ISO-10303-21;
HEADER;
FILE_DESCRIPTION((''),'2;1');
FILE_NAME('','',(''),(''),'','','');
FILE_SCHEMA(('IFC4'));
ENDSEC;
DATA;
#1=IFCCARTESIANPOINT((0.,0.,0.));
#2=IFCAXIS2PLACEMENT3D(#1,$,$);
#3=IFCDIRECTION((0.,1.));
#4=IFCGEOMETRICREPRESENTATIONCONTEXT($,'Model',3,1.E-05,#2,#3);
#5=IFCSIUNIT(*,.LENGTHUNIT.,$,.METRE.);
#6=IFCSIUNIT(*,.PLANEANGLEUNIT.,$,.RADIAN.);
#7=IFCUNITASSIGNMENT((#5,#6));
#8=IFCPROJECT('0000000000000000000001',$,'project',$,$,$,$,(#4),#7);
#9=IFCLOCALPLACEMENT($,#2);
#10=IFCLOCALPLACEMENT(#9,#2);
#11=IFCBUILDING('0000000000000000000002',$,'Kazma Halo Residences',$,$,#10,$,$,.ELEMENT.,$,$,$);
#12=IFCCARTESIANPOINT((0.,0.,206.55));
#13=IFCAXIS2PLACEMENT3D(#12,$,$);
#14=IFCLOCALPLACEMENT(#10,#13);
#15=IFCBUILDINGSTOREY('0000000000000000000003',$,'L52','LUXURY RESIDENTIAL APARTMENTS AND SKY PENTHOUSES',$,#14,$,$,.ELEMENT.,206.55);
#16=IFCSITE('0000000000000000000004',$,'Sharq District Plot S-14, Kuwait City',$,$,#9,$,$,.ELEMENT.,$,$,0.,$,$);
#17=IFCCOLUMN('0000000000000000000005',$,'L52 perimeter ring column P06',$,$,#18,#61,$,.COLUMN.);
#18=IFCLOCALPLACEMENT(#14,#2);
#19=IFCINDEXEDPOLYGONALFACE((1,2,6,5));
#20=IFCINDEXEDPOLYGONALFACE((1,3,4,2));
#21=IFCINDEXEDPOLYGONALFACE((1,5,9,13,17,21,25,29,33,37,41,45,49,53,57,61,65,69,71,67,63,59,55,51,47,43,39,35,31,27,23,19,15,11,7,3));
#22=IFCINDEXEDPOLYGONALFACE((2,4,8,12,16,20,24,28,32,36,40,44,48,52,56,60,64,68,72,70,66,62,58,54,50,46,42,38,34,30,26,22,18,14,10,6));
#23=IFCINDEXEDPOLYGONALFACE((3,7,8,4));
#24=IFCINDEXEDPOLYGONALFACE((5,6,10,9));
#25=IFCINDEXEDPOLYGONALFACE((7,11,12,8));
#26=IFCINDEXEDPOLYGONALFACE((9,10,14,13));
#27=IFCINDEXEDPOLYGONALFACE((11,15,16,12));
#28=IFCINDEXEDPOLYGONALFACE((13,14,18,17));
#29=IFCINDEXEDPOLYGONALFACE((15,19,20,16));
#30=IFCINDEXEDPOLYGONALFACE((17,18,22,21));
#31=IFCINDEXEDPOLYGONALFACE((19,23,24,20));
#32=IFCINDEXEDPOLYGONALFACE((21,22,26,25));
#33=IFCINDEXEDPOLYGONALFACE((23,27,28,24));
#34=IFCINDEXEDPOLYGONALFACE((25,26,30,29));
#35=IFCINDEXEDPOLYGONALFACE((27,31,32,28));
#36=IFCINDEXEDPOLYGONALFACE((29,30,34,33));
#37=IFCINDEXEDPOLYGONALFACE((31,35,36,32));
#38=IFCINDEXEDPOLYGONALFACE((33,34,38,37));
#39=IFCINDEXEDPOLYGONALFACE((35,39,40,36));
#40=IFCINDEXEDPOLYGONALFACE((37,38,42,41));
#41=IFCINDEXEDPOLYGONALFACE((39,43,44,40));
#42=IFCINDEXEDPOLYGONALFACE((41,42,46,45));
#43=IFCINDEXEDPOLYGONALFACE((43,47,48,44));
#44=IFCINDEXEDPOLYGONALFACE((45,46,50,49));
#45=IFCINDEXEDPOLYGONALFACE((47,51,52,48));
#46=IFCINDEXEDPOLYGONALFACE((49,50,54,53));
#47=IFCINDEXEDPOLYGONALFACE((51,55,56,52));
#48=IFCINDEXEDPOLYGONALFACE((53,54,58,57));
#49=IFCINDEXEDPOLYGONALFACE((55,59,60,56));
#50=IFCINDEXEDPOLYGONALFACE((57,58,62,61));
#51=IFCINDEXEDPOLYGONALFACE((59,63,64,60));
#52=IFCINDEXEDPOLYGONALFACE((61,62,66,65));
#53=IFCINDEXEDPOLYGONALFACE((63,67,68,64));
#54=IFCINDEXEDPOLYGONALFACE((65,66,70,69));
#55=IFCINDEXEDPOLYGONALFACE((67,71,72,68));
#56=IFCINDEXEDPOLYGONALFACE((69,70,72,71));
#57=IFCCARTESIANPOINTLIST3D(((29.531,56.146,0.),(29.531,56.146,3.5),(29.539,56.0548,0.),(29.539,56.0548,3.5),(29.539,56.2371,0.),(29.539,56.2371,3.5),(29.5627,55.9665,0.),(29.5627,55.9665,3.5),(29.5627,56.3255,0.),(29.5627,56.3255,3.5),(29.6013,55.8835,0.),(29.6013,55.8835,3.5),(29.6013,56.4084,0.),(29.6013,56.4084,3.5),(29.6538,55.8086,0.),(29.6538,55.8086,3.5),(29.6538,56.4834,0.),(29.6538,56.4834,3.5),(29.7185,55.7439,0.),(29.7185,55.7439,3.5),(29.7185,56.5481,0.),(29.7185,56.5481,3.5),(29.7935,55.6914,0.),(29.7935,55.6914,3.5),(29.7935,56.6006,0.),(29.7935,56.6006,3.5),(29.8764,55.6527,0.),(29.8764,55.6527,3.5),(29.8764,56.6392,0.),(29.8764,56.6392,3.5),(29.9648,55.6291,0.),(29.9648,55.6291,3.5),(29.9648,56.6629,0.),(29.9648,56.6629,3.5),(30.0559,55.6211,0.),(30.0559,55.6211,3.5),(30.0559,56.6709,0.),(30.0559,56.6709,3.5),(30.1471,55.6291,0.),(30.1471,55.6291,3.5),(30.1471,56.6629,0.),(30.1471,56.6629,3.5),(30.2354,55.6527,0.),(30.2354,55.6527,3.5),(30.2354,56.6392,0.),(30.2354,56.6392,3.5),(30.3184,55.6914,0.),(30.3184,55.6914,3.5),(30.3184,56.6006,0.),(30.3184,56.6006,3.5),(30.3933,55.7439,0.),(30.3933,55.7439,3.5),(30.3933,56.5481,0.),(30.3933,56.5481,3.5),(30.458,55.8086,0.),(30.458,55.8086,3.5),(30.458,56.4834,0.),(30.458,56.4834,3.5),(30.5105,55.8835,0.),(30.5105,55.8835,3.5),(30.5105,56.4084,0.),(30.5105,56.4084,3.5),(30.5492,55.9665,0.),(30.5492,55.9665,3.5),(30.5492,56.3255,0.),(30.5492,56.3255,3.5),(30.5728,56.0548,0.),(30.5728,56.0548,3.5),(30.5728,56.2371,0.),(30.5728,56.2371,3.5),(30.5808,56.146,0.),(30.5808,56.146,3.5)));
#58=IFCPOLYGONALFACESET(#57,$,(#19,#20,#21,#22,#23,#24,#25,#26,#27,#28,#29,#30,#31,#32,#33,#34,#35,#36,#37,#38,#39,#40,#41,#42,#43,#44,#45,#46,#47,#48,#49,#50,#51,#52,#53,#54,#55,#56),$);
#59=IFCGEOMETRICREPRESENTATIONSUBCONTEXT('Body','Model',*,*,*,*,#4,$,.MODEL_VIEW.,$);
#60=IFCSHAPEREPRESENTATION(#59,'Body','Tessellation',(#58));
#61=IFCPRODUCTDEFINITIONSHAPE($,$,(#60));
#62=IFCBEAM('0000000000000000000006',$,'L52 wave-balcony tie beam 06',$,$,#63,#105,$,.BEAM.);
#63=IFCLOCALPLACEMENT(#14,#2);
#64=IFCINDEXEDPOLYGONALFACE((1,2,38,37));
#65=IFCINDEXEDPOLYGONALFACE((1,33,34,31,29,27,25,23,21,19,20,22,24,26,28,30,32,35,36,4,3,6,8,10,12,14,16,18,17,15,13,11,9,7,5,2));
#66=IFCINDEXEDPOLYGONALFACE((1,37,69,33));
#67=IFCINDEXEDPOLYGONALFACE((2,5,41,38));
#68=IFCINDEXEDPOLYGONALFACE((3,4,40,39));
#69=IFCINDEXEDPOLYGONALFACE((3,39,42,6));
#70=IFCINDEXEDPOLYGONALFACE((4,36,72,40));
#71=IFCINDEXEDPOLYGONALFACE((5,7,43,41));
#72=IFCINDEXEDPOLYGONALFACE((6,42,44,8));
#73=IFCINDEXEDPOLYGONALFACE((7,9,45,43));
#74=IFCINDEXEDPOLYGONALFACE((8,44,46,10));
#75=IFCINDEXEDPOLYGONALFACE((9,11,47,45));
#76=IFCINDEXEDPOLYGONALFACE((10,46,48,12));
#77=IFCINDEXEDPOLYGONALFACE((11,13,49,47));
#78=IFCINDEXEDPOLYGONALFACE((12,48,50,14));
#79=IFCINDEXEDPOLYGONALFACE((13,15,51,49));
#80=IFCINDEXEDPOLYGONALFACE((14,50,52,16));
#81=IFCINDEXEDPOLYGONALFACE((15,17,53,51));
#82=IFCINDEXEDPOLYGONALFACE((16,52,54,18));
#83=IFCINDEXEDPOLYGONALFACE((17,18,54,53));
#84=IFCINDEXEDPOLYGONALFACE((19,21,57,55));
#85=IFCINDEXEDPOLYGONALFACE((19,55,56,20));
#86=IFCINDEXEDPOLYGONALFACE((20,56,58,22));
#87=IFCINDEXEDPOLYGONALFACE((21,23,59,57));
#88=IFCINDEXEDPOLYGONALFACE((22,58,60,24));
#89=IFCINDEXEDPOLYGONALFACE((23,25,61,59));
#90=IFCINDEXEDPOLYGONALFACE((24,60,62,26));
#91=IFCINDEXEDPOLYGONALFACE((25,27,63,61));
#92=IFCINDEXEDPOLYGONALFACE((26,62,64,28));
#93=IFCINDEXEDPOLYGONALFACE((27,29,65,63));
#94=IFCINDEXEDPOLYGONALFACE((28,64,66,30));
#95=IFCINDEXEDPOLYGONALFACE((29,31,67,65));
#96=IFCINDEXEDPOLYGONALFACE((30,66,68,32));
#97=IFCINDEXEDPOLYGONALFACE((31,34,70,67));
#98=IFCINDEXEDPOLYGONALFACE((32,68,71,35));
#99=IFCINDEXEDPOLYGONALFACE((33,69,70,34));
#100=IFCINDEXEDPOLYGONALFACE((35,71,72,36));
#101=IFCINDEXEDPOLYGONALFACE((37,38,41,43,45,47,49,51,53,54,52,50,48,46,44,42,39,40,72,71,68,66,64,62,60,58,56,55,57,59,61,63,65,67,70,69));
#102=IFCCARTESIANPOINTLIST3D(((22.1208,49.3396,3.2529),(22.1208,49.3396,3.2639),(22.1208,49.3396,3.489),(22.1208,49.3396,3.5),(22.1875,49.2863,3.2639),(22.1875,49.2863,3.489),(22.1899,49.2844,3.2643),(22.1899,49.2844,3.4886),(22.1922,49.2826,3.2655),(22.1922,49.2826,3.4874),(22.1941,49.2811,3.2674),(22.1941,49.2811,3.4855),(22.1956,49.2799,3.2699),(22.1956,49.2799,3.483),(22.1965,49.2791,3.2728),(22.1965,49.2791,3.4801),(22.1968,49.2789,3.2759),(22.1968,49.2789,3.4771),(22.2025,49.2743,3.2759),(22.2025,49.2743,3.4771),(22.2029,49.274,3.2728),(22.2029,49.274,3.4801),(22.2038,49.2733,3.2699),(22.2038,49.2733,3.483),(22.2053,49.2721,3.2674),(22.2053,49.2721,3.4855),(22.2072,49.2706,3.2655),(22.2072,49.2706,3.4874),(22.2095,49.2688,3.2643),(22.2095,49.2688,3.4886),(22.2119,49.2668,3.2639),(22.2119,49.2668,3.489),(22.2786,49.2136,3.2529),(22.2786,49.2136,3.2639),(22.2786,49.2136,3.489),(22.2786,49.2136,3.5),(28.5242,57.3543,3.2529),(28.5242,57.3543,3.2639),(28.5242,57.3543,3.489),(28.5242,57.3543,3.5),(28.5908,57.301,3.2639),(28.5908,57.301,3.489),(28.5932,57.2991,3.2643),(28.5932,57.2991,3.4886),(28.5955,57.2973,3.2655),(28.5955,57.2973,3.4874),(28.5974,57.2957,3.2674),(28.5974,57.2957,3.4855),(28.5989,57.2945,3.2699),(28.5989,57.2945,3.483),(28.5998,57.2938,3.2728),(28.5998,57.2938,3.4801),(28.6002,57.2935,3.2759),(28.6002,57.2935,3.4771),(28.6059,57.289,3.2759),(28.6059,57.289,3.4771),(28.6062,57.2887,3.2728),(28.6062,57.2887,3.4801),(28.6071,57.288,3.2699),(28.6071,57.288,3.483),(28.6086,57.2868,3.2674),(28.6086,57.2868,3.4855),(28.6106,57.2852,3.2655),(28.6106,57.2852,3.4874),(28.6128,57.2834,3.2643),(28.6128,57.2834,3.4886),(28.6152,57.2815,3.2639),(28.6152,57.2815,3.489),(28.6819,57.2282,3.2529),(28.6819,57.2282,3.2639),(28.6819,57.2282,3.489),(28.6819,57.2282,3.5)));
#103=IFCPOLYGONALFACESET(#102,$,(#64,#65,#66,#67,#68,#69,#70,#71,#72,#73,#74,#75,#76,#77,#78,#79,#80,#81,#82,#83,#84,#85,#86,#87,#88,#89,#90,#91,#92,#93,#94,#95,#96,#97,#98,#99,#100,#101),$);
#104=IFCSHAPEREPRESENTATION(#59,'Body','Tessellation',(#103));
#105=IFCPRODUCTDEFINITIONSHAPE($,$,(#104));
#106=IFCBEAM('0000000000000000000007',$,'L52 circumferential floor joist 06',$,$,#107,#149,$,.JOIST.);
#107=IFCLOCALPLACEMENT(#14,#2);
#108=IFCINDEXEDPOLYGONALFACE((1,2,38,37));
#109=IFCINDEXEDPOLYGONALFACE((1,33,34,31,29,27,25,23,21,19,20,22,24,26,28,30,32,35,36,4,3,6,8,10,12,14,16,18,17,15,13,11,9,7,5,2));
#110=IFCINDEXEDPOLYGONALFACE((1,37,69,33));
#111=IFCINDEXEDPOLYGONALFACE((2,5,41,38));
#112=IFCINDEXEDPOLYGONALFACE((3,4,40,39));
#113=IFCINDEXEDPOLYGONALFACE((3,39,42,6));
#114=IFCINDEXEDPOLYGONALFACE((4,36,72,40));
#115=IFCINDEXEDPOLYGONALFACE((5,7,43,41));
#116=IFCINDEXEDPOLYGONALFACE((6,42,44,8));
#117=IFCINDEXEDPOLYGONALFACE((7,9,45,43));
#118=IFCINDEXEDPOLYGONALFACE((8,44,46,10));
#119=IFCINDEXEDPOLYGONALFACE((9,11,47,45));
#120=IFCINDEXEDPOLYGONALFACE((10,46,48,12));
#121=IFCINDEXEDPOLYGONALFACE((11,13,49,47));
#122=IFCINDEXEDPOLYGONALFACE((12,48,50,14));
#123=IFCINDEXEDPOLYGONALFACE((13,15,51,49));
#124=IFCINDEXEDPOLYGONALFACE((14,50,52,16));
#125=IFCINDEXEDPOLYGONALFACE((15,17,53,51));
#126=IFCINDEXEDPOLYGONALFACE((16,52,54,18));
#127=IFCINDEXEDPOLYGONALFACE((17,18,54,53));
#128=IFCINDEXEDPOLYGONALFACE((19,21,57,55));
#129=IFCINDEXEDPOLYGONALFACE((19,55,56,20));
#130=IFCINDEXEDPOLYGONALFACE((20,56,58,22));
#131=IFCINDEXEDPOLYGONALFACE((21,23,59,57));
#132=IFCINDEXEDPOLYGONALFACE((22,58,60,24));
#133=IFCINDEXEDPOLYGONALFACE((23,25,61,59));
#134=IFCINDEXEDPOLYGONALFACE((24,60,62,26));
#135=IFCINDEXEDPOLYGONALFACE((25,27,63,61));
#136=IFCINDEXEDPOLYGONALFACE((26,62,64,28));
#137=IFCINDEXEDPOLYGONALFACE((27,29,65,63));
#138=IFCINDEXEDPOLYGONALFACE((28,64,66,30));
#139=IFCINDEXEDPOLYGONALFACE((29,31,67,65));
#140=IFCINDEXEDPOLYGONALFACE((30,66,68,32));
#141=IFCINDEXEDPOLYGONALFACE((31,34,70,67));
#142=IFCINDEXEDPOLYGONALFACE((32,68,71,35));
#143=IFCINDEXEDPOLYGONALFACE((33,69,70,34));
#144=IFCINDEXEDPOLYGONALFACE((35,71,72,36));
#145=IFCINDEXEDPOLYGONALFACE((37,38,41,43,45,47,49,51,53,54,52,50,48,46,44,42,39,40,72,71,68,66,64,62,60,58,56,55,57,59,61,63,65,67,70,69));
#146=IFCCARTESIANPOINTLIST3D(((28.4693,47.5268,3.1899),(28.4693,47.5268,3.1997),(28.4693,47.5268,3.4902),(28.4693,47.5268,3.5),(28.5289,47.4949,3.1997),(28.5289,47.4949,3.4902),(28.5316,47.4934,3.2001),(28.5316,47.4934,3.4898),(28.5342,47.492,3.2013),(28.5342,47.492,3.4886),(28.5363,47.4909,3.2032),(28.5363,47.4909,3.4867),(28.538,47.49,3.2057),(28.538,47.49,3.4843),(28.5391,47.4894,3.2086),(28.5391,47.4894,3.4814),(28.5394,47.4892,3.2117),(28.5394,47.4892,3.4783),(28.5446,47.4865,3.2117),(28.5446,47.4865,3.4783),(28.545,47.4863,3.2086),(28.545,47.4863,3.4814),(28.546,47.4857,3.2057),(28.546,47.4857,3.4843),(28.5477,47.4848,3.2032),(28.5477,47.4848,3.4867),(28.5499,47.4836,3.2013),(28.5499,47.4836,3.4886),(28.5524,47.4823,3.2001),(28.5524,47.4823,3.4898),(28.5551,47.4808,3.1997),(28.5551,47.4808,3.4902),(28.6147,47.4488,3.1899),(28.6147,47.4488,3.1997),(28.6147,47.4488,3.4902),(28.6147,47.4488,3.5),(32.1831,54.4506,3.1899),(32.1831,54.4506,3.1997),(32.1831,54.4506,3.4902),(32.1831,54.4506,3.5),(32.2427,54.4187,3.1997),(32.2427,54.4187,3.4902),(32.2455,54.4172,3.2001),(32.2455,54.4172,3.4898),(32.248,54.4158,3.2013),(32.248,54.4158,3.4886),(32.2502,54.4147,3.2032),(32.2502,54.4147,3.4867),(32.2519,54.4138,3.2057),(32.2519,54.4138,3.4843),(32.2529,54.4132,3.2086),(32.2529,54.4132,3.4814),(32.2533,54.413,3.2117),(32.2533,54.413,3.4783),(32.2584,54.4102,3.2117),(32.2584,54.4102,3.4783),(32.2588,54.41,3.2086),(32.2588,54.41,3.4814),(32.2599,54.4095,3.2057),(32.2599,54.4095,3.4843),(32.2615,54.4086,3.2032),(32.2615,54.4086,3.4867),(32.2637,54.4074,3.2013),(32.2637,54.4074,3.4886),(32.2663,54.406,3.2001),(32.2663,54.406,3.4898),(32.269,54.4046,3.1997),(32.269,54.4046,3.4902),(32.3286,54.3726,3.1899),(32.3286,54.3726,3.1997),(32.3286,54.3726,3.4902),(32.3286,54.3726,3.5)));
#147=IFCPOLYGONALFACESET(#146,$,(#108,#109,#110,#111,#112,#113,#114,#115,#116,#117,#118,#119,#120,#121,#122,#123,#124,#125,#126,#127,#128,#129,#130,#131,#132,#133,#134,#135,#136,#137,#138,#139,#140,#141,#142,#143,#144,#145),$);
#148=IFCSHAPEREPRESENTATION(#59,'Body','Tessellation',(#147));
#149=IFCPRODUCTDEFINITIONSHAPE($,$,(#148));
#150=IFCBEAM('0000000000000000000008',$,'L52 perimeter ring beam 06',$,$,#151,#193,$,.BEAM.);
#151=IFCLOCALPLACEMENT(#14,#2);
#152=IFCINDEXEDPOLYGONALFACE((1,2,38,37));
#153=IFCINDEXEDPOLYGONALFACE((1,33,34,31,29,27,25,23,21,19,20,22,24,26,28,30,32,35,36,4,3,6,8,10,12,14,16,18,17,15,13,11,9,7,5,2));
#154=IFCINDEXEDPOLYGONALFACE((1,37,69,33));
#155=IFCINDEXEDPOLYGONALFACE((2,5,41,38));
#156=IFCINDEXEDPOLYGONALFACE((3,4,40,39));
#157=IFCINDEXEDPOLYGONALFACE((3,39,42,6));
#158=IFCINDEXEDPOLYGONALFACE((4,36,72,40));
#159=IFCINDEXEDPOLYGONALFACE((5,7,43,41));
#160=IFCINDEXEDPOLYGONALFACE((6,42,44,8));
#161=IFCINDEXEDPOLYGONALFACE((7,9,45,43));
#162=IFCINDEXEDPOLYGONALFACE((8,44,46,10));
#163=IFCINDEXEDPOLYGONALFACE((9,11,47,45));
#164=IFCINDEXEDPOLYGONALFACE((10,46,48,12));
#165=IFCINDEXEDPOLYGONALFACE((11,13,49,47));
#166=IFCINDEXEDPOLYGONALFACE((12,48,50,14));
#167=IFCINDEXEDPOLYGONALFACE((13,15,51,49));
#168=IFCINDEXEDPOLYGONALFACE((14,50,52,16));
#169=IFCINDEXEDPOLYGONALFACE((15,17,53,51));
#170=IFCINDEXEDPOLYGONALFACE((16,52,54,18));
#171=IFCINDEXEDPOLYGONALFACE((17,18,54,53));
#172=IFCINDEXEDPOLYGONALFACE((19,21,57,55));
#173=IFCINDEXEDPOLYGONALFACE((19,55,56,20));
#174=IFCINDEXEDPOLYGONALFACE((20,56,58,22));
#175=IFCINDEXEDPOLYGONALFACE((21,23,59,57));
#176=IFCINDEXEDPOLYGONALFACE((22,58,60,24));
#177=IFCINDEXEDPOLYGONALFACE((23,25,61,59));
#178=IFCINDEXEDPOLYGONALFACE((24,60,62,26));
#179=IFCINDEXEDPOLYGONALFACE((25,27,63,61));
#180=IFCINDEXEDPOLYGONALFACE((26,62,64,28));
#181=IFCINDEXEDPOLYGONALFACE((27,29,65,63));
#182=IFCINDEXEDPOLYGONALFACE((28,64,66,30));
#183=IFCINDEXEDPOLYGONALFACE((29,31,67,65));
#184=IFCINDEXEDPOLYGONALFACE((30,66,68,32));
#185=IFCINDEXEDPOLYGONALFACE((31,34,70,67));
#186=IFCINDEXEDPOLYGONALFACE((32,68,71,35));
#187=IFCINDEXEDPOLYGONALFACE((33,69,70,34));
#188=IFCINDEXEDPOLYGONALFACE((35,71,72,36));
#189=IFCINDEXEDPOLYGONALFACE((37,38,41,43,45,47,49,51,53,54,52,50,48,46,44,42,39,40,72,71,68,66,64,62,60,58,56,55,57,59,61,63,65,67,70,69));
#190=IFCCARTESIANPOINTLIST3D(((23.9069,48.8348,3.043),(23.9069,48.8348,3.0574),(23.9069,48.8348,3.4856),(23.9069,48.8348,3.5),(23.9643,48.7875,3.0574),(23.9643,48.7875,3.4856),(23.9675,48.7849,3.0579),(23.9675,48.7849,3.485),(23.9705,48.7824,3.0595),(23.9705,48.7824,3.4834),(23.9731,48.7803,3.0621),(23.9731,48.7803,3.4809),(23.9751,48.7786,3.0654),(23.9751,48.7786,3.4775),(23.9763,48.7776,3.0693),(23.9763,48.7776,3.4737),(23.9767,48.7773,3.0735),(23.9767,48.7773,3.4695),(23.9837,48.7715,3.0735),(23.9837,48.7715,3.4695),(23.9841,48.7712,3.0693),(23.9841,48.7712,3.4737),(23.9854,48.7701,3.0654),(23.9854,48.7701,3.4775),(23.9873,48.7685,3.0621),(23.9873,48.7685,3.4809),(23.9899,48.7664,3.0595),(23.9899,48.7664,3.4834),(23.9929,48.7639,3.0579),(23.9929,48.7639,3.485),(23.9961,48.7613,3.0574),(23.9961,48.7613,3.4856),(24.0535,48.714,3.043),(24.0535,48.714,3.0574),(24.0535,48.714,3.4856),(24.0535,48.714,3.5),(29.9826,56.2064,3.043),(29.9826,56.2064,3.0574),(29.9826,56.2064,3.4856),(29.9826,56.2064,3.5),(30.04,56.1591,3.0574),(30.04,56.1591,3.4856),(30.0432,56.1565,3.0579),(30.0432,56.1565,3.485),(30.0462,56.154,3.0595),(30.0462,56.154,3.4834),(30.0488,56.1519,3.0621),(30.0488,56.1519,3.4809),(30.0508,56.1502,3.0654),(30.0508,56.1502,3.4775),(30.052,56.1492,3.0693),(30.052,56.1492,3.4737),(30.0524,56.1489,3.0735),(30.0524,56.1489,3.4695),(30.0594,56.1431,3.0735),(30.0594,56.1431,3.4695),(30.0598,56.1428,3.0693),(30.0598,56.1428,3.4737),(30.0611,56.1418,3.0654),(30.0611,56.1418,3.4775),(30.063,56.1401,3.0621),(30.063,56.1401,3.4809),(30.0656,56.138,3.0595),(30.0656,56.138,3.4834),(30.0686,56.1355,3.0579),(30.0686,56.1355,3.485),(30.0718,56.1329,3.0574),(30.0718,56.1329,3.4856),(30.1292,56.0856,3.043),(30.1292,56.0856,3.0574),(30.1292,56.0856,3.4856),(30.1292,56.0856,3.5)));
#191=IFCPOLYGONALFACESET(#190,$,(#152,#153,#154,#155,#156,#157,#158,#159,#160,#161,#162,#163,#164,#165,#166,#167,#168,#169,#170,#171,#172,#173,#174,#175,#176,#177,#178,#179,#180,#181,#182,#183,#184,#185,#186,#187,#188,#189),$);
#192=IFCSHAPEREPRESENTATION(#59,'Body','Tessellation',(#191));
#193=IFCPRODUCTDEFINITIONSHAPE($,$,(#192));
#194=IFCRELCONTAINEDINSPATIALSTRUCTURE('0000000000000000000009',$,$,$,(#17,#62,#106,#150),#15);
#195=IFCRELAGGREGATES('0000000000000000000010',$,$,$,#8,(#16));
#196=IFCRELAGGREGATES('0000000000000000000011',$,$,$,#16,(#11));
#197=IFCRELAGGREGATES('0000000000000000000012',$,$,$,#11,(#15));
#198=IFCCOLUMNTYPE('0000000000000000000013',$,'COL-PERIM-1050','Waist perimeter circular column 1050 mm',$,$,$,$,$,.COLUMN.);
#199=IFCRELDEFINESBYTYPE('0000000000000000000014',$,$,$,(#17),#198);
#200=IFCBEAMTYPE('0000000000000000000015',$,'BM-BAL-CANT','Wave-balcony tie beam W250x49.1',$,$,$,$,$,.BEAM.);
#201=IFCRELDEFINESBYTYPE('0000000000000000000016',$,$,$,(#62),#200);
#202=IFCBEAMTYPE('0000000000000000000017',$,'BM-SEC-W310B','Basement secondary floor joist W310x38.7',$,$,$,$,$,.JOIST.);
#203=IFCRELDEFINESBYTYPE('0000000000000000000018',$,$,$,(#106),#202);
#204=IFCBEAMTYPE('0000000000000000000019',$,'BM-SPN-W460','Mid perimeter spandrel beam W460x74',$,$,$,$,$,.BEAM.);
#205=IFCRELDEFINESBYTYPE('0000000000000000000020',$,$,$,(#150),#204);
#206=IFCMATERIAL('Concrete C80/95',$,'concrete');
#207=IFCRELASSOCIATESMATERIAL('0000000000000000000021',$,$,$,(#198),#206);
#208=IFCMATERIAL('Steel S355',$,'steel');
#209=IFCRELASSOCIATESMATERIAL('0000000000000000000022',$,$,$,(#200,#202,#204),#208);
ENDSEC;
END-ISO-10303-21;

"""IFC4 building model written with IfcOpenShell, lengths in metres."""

from ifc_helpers import new_model, si_unit, direction, frame, origin, origin_2d, place, context, subcontext, project, spatial, circle, i_section, extrude, material, material_profile, profile_set, type_object, element, save


model = new_model("IFC4")

# Units and contexts
model_context = context("Model", 3, precision=1e-05, world=origin(), true_north=direction((0.0, 1.0)))
body_context = subcontext(model_context, "Body", "Model", "MODEL_VIEW")
ifc_project = project(units=[si_unit("LENGTHUNIT", "METRE"), si_unit("PLANEANGLEUNIT", "RADIAN")], contexts=[model_context])

# Site, building, storey
site_placement = place(None, origin())
site = spatial("IfcSite", under=ifc_project, at=site_placement, Name="Sharq District Plot S-14, Kuwait City", CompositionType="ELEMENT", RefElevation=0.0)
building_placement = place(site_placement, origin())
building = spatial("IfcBuilding", under=site, at=building_placement, Name="Kazma Halo Residences", CompositionType="ELEMENT")
storey_placement = place(building_placement, frame((0.0, 0.0, 206.55)))
storey = spatial("IfcBuildingStorey", under=building, at=storey_placement, Name="L52", Description="LUXURY RESIDENTIAL APARTMENTS AND SKY PENTHOUSES", CompositionType="ELEMENT", Elevation=206.55)

# Column
ifc_material_1 = material(Name="Concrete C80/95", Category="concrete")
ifc_material_profile_1 = material_profile(ifc_material_1, circle(Radius=0.5249, at=origin_2d()), Name="CIRC1050")
ifc_profile_set_1 = profile_set([ifc_material_profile_1], Name="Concrete C80/95")
column_type = type_object("IfcColumnType", Name="COL-PERIM-1050", Description="Waist perimeter circular column 1050 mm", PredefinedType="COLUMN", material=ifc_profile_set_1)
column_placement = place(storey_placement, frame((30.0559, 56.146, 0.0), z_axis=(0.0, 0.0, 1.0), x_axis=(1.0, 0.0, 0.0)))
element("IfcColumn", 1, at=column_placement, inside=storey, type_object=column_type, Name="L52 perimeter ring column P06", PredefinedType="COLUMN", context=body_context, shape_type="SweptSolid", body=[
    extrude(circle(Radius=0.5249, at=origin_2d()), origin(), (0.0, 0.0, 1.0), 3.5),
])

# Beams
ifc_material_2 = material(Name="Steel S355", Category="steel")
ifc_material_profile_2 = material_profile(ifc_material_2, i_section(OverallWidth=0.2019, OverallDepth=0.2471, WebThickness=0.0073, FlangeThickness=0.011, FilletRadius=0.012, at=origin_2d()), Name="W250x49.1")
ifc_profile_set_2 = profile_set([ifc_material_profile_2], Name="Steel S355")
beam_type_1 = type_object("IfcBeamType", Name="BM-BAL-CANT", Description="Wave-balcony tie beam W250x49.1", PredefinedType="BEAM", material=ifc_profile_set_2)
beam_1_placement = place(storey_placement, frame((28.603, 57.2913, 3.3765), z_axis=(-0.624196, -0.781268, 0.0), x_axis=(0.781268, -0.624196, 0.0)))
element("IfcBeam", 2, at=beam_1_placement, inside=storey, type_object=beam_type_1, Name="L52 wave-balcony tie beam 06", PredefinedType="BEAM", context=body_context, shape_type="SweptSolid", body=[
    extrude(i_section(OverallWidth=0.2019, OverallDepth=0.2471, WebThickness=0.0073, FlangeThickness=0.011, FilletRadius=0.012, at=origin_2d()), origin(), (0.0, 0.0, 1.0), 10.2585),
])
ifc_material_profile_3 = material_profile(ifc_material_2, i_section(OverallWidth=0.165, OverallDepth=0.3101, WebThickness=0.0059, FlangeThickness=0.0098, FilletRadius=0.012, at=origin_2d()), Name="W310x38.7")
ifc_profile_set_3 = profile_set([ifc_material_profile_3], Name="Steel S355")
beam_type_2 = type_object("IfcBeamType", Name="BM-SEC-W310B", Description="Basement secondary floor joist W310x38.7", PredefinedType="JOIST", material=ifc_profile_set_3)
beam_2_placement = place(storey_placement, frame((32.2559, 54.4116, 3.345), z_axis=(-0.472684, -0.881232, 0.0), x_axis=(0.881232, -0.472684, 0.0)))
element("IfcBeam", 3, at=beam_2_placement, inside=storey, type_object=beam_type_2, Name="L52 circumferential floor joist 06", PredefinedType="JOIST", context=body_context, shape_type="SweptSolid", body=[
    extrude(i_section(OverallWidth=0.165, OverallDepth=0.3101, WebThickness=0.0059, FlangeThickness=0.0098, FilletRadius=0.012, at=origin_2d()), origin(), (0.0, 0.0, 1.0), 7.8569),
])
ifc_material_profile_4 = material_profile(ifc_material_2, i_section(OverallWidth=0.1899, OverallDepth=0.457, WebThickness=0.009, FlangeThickness=0.0144, FilletRadius=0.0161, at=origin_2d()), Name="W460x74")
ifc_profile_set_4 = profile_set([ifc_material_profile_4], Name="Steel S355")
beam_type_3 = type_object("IfcBeamType", Name="BM-SPN-W460", Description="Mid perimeter spandrel beam W460x74", PredefinedType="BEAM", material=ifc_profile_set_4)
beam_3_placement = place(storey_placement, frame((30.0559, 56.146, 3.2715), z_axis=(-0.636017, -0.771675, 0.0), x_axis=(0.771675, -0.636017, 0.0)))
element("IfcBeam", 4, at=beam_3_placement, inside=storey, type_object=beam_type_3, Name="L52 perimeter ring beam 06", PredefinedType="BEAM", context=body_context, shape_type="SweptSolid", body=[
    extrude(i_section(OverallWidth=0.1899, OverallDepth=0.457, WebThickness=0.009, FlangeThickness=0.0144, FilletRadius=0.0161, at=origin_2d()), origin(), (0.0, 0.0, 1.0), 9.5527),
])

save(model, "model.ifc")
